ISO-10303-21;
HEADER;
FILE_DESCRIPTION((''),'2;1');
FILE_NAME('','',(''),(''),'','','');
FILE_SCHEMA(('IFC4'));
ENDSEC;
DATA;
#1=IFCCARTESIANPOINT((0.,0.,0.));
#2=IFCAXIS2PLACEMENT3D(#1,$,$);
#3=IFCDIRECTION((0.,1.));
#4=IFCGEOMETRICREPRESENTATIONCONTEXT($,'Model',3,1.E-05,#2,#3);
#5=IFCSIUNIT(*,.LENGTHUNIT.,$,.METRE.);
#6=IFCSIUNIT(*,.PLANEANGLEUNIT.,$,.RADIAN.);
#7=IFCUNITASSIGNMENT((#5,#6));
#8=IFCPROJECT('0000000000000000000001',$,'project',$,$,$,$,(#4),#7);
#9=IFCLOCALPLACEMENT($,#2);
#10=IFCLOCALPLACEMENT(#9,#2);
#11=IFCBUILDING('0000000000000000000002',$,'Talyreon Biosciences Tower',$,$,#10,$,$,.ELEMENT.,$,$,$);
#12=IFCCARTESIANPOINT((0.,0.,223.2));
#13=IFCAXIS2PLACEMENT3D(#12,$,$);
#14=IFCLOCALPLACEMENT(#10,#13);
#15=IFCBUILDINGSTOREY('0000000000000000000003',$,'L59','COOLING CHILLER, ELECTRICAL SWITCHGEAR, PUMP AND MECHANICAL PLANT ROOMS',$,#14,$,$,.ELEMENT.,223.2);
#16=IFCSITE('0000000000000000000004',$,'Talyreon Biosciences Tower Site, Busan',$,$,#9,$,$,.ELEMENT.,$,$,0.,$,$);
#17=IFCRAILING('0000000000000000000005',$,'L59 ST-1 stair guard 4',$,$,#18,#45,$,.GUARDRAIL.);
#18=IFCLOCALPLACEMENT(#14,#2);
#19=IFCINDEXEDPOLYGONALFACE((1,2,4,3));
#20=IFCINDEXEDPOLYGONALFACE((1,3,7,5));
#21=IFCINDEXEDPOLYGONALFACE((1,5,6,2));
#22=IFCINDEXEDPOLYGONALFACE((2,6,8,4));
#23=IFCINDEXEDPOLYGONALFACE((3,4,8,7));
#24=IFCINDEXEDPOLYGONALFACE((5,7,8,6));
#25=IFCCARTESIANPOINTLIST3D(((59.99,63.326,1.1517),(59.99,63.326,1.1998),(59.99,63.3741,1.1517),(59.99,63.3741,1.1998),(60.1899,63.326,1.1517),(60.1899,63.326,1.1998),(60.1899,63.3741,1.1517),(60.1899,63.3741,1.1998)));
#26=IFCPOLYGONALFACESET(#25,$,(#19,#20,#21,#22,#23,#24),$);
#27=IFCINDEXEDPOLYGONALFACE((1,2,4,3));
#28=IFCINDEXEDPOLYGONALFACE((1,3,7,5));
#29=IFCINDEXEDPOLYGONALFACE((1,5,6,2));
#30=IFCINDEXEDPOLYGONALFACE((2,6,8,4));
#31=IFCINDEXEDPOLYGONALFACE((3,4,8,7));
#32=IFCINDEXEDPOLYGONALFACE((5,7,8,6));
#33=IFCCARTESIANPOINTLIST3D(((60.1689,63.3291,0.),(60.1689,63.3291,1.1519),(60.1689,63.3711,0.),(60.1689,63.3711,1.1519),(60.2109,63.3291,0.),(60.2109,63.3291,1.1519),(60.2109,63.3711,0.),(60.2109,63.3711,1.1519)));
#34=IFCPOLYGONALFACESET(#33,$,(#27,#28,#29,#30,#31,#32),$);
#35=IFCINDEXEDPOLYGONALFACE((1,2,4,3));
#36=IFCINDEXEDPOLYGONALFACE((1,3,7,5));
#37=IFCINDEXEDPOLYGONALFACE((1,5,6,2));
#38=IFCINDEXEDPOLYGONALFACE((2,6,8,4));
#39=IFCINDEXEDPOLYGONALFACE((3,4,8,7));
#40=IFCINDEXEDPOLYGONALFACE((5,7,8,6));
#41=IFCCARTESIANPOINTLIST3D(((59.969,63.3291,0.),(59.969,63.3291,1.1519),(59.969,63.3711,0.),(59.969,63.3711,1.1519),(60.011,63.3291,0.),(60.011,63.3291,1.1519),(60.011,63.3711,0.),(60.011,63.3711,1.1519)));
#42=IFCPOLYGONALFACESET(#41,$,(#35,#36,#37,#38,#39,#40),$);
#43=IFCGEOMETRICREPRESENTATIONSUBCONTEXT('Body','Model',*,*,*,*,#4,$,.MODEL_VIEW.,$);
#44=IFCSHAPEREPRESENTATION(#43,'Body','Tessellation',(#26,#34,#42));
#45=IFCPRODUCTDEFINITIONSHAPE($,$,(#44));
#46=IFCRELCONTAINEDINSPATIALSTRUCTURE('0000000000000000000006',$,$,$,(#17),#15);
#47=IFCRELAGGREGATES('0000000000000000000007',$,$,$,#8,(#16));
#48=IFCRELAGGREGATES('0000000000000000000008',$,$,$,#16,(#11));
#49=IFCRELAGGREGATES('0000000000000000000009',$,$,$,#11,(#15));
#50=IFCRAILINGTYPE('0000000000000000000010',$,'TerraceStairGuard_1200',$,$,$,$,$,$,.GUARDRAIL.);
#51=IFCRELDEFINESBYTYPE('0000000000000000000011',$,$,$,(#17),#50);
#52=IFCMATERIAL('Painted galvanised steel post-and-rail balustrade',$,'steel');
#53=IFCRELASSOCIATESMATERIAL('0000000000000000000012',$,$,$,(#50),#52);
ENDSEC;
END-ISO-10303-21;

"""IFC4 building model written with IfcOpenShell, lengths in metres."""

from ifc_helpers import new_model, si_unit, direction, frame, origin, origin_2d, place, context, subcontext, project, spatial, rectangle, extrude, material, type_object, element, save


model = new_model("IFC4")

# Units and contexts
model_context = context("Model", 3, precision=1e-05, world=origin(), true_north=direction((0.0, 1.0)))
body_context = subcontext(model_context, "Body", "Model", "MODEL_VIEW")
ifc_project = project(units=[si_unit("LENGTHUNIT", "METRE"), si_unit("PLANEANGLEUNIT", "RADIAN")], contexts=[model_context])

# Site, building, storey
site_placement = place(None, origin())
site = spatial("IfcSite", under=ifc_project, at=site_placement, Name="Talyreon Biosciences Tower Site, Busan", CompositionType="ELEMENT", RefElevation=0.0)
building_placement = place(site_placement, origin())
building = spatial("IfcBuilding", under=site, at=building_placement, Name="Talyreon Biosciences Tower", CompositionType="ELEMENT")
storey_placement = place(building_placement, frame((0.0, 0.0, 223.2)))
storey = spatial("IfcBuildingStorey", under=building, at=storey_placement, Name="L59", Description="COOLING CHILLER, ELECTRICAL SWITCHGEAR, PUMP AND MECHANICAL PLANT ROOMS", CompositionType="ELEMENT", Elevation=223.2)

# Railing
ifc_material_1 = material(Name="Painted galvanised steel post-and-rail balustrade", Category="steel")
railing_type_1 = type_object("IfcRailingType", Name="TerraceStairGuard_1200", PredefinedType="GUARDRAIL", material=ifc_material_1)
railing_1_placement = place(storey_placement, frame((60.1899, 63.3501, 0.0)))
element("IfcRailing", 1, at=railing_1_placement, inside=storey, type_object=railing_type_1, Name="L59 ST-1 stair guard 4", PredefinedType="GUARDRAIL", context=body_context, shape_type="SweptSolid", body=[
    extrude(rectangle(XDim=0.0481, YDim=0.0481, at=origin_2d()), frame((0.0, 0.0, 1.1758), z_axis=(-1.0, 0.0, 0.0), x_axis=(0.0, -1.0, 0.0)), (0.0, 0.0, 1.0), 0.2),
    extrude(rectangle(XDim=0.042, YDim=0.042, at=origin_2d()), origin(), (0.0, 0.0, 1.0), 1.1519),
    extrude(rectangle(XDim=0.042, YDim=0.042, at=origin_2d()), frame((-0.2, 0.0, 0.0)), (0.0, 0.0, 1.0), 1.1519),
])

save(model, "model.ifc")
